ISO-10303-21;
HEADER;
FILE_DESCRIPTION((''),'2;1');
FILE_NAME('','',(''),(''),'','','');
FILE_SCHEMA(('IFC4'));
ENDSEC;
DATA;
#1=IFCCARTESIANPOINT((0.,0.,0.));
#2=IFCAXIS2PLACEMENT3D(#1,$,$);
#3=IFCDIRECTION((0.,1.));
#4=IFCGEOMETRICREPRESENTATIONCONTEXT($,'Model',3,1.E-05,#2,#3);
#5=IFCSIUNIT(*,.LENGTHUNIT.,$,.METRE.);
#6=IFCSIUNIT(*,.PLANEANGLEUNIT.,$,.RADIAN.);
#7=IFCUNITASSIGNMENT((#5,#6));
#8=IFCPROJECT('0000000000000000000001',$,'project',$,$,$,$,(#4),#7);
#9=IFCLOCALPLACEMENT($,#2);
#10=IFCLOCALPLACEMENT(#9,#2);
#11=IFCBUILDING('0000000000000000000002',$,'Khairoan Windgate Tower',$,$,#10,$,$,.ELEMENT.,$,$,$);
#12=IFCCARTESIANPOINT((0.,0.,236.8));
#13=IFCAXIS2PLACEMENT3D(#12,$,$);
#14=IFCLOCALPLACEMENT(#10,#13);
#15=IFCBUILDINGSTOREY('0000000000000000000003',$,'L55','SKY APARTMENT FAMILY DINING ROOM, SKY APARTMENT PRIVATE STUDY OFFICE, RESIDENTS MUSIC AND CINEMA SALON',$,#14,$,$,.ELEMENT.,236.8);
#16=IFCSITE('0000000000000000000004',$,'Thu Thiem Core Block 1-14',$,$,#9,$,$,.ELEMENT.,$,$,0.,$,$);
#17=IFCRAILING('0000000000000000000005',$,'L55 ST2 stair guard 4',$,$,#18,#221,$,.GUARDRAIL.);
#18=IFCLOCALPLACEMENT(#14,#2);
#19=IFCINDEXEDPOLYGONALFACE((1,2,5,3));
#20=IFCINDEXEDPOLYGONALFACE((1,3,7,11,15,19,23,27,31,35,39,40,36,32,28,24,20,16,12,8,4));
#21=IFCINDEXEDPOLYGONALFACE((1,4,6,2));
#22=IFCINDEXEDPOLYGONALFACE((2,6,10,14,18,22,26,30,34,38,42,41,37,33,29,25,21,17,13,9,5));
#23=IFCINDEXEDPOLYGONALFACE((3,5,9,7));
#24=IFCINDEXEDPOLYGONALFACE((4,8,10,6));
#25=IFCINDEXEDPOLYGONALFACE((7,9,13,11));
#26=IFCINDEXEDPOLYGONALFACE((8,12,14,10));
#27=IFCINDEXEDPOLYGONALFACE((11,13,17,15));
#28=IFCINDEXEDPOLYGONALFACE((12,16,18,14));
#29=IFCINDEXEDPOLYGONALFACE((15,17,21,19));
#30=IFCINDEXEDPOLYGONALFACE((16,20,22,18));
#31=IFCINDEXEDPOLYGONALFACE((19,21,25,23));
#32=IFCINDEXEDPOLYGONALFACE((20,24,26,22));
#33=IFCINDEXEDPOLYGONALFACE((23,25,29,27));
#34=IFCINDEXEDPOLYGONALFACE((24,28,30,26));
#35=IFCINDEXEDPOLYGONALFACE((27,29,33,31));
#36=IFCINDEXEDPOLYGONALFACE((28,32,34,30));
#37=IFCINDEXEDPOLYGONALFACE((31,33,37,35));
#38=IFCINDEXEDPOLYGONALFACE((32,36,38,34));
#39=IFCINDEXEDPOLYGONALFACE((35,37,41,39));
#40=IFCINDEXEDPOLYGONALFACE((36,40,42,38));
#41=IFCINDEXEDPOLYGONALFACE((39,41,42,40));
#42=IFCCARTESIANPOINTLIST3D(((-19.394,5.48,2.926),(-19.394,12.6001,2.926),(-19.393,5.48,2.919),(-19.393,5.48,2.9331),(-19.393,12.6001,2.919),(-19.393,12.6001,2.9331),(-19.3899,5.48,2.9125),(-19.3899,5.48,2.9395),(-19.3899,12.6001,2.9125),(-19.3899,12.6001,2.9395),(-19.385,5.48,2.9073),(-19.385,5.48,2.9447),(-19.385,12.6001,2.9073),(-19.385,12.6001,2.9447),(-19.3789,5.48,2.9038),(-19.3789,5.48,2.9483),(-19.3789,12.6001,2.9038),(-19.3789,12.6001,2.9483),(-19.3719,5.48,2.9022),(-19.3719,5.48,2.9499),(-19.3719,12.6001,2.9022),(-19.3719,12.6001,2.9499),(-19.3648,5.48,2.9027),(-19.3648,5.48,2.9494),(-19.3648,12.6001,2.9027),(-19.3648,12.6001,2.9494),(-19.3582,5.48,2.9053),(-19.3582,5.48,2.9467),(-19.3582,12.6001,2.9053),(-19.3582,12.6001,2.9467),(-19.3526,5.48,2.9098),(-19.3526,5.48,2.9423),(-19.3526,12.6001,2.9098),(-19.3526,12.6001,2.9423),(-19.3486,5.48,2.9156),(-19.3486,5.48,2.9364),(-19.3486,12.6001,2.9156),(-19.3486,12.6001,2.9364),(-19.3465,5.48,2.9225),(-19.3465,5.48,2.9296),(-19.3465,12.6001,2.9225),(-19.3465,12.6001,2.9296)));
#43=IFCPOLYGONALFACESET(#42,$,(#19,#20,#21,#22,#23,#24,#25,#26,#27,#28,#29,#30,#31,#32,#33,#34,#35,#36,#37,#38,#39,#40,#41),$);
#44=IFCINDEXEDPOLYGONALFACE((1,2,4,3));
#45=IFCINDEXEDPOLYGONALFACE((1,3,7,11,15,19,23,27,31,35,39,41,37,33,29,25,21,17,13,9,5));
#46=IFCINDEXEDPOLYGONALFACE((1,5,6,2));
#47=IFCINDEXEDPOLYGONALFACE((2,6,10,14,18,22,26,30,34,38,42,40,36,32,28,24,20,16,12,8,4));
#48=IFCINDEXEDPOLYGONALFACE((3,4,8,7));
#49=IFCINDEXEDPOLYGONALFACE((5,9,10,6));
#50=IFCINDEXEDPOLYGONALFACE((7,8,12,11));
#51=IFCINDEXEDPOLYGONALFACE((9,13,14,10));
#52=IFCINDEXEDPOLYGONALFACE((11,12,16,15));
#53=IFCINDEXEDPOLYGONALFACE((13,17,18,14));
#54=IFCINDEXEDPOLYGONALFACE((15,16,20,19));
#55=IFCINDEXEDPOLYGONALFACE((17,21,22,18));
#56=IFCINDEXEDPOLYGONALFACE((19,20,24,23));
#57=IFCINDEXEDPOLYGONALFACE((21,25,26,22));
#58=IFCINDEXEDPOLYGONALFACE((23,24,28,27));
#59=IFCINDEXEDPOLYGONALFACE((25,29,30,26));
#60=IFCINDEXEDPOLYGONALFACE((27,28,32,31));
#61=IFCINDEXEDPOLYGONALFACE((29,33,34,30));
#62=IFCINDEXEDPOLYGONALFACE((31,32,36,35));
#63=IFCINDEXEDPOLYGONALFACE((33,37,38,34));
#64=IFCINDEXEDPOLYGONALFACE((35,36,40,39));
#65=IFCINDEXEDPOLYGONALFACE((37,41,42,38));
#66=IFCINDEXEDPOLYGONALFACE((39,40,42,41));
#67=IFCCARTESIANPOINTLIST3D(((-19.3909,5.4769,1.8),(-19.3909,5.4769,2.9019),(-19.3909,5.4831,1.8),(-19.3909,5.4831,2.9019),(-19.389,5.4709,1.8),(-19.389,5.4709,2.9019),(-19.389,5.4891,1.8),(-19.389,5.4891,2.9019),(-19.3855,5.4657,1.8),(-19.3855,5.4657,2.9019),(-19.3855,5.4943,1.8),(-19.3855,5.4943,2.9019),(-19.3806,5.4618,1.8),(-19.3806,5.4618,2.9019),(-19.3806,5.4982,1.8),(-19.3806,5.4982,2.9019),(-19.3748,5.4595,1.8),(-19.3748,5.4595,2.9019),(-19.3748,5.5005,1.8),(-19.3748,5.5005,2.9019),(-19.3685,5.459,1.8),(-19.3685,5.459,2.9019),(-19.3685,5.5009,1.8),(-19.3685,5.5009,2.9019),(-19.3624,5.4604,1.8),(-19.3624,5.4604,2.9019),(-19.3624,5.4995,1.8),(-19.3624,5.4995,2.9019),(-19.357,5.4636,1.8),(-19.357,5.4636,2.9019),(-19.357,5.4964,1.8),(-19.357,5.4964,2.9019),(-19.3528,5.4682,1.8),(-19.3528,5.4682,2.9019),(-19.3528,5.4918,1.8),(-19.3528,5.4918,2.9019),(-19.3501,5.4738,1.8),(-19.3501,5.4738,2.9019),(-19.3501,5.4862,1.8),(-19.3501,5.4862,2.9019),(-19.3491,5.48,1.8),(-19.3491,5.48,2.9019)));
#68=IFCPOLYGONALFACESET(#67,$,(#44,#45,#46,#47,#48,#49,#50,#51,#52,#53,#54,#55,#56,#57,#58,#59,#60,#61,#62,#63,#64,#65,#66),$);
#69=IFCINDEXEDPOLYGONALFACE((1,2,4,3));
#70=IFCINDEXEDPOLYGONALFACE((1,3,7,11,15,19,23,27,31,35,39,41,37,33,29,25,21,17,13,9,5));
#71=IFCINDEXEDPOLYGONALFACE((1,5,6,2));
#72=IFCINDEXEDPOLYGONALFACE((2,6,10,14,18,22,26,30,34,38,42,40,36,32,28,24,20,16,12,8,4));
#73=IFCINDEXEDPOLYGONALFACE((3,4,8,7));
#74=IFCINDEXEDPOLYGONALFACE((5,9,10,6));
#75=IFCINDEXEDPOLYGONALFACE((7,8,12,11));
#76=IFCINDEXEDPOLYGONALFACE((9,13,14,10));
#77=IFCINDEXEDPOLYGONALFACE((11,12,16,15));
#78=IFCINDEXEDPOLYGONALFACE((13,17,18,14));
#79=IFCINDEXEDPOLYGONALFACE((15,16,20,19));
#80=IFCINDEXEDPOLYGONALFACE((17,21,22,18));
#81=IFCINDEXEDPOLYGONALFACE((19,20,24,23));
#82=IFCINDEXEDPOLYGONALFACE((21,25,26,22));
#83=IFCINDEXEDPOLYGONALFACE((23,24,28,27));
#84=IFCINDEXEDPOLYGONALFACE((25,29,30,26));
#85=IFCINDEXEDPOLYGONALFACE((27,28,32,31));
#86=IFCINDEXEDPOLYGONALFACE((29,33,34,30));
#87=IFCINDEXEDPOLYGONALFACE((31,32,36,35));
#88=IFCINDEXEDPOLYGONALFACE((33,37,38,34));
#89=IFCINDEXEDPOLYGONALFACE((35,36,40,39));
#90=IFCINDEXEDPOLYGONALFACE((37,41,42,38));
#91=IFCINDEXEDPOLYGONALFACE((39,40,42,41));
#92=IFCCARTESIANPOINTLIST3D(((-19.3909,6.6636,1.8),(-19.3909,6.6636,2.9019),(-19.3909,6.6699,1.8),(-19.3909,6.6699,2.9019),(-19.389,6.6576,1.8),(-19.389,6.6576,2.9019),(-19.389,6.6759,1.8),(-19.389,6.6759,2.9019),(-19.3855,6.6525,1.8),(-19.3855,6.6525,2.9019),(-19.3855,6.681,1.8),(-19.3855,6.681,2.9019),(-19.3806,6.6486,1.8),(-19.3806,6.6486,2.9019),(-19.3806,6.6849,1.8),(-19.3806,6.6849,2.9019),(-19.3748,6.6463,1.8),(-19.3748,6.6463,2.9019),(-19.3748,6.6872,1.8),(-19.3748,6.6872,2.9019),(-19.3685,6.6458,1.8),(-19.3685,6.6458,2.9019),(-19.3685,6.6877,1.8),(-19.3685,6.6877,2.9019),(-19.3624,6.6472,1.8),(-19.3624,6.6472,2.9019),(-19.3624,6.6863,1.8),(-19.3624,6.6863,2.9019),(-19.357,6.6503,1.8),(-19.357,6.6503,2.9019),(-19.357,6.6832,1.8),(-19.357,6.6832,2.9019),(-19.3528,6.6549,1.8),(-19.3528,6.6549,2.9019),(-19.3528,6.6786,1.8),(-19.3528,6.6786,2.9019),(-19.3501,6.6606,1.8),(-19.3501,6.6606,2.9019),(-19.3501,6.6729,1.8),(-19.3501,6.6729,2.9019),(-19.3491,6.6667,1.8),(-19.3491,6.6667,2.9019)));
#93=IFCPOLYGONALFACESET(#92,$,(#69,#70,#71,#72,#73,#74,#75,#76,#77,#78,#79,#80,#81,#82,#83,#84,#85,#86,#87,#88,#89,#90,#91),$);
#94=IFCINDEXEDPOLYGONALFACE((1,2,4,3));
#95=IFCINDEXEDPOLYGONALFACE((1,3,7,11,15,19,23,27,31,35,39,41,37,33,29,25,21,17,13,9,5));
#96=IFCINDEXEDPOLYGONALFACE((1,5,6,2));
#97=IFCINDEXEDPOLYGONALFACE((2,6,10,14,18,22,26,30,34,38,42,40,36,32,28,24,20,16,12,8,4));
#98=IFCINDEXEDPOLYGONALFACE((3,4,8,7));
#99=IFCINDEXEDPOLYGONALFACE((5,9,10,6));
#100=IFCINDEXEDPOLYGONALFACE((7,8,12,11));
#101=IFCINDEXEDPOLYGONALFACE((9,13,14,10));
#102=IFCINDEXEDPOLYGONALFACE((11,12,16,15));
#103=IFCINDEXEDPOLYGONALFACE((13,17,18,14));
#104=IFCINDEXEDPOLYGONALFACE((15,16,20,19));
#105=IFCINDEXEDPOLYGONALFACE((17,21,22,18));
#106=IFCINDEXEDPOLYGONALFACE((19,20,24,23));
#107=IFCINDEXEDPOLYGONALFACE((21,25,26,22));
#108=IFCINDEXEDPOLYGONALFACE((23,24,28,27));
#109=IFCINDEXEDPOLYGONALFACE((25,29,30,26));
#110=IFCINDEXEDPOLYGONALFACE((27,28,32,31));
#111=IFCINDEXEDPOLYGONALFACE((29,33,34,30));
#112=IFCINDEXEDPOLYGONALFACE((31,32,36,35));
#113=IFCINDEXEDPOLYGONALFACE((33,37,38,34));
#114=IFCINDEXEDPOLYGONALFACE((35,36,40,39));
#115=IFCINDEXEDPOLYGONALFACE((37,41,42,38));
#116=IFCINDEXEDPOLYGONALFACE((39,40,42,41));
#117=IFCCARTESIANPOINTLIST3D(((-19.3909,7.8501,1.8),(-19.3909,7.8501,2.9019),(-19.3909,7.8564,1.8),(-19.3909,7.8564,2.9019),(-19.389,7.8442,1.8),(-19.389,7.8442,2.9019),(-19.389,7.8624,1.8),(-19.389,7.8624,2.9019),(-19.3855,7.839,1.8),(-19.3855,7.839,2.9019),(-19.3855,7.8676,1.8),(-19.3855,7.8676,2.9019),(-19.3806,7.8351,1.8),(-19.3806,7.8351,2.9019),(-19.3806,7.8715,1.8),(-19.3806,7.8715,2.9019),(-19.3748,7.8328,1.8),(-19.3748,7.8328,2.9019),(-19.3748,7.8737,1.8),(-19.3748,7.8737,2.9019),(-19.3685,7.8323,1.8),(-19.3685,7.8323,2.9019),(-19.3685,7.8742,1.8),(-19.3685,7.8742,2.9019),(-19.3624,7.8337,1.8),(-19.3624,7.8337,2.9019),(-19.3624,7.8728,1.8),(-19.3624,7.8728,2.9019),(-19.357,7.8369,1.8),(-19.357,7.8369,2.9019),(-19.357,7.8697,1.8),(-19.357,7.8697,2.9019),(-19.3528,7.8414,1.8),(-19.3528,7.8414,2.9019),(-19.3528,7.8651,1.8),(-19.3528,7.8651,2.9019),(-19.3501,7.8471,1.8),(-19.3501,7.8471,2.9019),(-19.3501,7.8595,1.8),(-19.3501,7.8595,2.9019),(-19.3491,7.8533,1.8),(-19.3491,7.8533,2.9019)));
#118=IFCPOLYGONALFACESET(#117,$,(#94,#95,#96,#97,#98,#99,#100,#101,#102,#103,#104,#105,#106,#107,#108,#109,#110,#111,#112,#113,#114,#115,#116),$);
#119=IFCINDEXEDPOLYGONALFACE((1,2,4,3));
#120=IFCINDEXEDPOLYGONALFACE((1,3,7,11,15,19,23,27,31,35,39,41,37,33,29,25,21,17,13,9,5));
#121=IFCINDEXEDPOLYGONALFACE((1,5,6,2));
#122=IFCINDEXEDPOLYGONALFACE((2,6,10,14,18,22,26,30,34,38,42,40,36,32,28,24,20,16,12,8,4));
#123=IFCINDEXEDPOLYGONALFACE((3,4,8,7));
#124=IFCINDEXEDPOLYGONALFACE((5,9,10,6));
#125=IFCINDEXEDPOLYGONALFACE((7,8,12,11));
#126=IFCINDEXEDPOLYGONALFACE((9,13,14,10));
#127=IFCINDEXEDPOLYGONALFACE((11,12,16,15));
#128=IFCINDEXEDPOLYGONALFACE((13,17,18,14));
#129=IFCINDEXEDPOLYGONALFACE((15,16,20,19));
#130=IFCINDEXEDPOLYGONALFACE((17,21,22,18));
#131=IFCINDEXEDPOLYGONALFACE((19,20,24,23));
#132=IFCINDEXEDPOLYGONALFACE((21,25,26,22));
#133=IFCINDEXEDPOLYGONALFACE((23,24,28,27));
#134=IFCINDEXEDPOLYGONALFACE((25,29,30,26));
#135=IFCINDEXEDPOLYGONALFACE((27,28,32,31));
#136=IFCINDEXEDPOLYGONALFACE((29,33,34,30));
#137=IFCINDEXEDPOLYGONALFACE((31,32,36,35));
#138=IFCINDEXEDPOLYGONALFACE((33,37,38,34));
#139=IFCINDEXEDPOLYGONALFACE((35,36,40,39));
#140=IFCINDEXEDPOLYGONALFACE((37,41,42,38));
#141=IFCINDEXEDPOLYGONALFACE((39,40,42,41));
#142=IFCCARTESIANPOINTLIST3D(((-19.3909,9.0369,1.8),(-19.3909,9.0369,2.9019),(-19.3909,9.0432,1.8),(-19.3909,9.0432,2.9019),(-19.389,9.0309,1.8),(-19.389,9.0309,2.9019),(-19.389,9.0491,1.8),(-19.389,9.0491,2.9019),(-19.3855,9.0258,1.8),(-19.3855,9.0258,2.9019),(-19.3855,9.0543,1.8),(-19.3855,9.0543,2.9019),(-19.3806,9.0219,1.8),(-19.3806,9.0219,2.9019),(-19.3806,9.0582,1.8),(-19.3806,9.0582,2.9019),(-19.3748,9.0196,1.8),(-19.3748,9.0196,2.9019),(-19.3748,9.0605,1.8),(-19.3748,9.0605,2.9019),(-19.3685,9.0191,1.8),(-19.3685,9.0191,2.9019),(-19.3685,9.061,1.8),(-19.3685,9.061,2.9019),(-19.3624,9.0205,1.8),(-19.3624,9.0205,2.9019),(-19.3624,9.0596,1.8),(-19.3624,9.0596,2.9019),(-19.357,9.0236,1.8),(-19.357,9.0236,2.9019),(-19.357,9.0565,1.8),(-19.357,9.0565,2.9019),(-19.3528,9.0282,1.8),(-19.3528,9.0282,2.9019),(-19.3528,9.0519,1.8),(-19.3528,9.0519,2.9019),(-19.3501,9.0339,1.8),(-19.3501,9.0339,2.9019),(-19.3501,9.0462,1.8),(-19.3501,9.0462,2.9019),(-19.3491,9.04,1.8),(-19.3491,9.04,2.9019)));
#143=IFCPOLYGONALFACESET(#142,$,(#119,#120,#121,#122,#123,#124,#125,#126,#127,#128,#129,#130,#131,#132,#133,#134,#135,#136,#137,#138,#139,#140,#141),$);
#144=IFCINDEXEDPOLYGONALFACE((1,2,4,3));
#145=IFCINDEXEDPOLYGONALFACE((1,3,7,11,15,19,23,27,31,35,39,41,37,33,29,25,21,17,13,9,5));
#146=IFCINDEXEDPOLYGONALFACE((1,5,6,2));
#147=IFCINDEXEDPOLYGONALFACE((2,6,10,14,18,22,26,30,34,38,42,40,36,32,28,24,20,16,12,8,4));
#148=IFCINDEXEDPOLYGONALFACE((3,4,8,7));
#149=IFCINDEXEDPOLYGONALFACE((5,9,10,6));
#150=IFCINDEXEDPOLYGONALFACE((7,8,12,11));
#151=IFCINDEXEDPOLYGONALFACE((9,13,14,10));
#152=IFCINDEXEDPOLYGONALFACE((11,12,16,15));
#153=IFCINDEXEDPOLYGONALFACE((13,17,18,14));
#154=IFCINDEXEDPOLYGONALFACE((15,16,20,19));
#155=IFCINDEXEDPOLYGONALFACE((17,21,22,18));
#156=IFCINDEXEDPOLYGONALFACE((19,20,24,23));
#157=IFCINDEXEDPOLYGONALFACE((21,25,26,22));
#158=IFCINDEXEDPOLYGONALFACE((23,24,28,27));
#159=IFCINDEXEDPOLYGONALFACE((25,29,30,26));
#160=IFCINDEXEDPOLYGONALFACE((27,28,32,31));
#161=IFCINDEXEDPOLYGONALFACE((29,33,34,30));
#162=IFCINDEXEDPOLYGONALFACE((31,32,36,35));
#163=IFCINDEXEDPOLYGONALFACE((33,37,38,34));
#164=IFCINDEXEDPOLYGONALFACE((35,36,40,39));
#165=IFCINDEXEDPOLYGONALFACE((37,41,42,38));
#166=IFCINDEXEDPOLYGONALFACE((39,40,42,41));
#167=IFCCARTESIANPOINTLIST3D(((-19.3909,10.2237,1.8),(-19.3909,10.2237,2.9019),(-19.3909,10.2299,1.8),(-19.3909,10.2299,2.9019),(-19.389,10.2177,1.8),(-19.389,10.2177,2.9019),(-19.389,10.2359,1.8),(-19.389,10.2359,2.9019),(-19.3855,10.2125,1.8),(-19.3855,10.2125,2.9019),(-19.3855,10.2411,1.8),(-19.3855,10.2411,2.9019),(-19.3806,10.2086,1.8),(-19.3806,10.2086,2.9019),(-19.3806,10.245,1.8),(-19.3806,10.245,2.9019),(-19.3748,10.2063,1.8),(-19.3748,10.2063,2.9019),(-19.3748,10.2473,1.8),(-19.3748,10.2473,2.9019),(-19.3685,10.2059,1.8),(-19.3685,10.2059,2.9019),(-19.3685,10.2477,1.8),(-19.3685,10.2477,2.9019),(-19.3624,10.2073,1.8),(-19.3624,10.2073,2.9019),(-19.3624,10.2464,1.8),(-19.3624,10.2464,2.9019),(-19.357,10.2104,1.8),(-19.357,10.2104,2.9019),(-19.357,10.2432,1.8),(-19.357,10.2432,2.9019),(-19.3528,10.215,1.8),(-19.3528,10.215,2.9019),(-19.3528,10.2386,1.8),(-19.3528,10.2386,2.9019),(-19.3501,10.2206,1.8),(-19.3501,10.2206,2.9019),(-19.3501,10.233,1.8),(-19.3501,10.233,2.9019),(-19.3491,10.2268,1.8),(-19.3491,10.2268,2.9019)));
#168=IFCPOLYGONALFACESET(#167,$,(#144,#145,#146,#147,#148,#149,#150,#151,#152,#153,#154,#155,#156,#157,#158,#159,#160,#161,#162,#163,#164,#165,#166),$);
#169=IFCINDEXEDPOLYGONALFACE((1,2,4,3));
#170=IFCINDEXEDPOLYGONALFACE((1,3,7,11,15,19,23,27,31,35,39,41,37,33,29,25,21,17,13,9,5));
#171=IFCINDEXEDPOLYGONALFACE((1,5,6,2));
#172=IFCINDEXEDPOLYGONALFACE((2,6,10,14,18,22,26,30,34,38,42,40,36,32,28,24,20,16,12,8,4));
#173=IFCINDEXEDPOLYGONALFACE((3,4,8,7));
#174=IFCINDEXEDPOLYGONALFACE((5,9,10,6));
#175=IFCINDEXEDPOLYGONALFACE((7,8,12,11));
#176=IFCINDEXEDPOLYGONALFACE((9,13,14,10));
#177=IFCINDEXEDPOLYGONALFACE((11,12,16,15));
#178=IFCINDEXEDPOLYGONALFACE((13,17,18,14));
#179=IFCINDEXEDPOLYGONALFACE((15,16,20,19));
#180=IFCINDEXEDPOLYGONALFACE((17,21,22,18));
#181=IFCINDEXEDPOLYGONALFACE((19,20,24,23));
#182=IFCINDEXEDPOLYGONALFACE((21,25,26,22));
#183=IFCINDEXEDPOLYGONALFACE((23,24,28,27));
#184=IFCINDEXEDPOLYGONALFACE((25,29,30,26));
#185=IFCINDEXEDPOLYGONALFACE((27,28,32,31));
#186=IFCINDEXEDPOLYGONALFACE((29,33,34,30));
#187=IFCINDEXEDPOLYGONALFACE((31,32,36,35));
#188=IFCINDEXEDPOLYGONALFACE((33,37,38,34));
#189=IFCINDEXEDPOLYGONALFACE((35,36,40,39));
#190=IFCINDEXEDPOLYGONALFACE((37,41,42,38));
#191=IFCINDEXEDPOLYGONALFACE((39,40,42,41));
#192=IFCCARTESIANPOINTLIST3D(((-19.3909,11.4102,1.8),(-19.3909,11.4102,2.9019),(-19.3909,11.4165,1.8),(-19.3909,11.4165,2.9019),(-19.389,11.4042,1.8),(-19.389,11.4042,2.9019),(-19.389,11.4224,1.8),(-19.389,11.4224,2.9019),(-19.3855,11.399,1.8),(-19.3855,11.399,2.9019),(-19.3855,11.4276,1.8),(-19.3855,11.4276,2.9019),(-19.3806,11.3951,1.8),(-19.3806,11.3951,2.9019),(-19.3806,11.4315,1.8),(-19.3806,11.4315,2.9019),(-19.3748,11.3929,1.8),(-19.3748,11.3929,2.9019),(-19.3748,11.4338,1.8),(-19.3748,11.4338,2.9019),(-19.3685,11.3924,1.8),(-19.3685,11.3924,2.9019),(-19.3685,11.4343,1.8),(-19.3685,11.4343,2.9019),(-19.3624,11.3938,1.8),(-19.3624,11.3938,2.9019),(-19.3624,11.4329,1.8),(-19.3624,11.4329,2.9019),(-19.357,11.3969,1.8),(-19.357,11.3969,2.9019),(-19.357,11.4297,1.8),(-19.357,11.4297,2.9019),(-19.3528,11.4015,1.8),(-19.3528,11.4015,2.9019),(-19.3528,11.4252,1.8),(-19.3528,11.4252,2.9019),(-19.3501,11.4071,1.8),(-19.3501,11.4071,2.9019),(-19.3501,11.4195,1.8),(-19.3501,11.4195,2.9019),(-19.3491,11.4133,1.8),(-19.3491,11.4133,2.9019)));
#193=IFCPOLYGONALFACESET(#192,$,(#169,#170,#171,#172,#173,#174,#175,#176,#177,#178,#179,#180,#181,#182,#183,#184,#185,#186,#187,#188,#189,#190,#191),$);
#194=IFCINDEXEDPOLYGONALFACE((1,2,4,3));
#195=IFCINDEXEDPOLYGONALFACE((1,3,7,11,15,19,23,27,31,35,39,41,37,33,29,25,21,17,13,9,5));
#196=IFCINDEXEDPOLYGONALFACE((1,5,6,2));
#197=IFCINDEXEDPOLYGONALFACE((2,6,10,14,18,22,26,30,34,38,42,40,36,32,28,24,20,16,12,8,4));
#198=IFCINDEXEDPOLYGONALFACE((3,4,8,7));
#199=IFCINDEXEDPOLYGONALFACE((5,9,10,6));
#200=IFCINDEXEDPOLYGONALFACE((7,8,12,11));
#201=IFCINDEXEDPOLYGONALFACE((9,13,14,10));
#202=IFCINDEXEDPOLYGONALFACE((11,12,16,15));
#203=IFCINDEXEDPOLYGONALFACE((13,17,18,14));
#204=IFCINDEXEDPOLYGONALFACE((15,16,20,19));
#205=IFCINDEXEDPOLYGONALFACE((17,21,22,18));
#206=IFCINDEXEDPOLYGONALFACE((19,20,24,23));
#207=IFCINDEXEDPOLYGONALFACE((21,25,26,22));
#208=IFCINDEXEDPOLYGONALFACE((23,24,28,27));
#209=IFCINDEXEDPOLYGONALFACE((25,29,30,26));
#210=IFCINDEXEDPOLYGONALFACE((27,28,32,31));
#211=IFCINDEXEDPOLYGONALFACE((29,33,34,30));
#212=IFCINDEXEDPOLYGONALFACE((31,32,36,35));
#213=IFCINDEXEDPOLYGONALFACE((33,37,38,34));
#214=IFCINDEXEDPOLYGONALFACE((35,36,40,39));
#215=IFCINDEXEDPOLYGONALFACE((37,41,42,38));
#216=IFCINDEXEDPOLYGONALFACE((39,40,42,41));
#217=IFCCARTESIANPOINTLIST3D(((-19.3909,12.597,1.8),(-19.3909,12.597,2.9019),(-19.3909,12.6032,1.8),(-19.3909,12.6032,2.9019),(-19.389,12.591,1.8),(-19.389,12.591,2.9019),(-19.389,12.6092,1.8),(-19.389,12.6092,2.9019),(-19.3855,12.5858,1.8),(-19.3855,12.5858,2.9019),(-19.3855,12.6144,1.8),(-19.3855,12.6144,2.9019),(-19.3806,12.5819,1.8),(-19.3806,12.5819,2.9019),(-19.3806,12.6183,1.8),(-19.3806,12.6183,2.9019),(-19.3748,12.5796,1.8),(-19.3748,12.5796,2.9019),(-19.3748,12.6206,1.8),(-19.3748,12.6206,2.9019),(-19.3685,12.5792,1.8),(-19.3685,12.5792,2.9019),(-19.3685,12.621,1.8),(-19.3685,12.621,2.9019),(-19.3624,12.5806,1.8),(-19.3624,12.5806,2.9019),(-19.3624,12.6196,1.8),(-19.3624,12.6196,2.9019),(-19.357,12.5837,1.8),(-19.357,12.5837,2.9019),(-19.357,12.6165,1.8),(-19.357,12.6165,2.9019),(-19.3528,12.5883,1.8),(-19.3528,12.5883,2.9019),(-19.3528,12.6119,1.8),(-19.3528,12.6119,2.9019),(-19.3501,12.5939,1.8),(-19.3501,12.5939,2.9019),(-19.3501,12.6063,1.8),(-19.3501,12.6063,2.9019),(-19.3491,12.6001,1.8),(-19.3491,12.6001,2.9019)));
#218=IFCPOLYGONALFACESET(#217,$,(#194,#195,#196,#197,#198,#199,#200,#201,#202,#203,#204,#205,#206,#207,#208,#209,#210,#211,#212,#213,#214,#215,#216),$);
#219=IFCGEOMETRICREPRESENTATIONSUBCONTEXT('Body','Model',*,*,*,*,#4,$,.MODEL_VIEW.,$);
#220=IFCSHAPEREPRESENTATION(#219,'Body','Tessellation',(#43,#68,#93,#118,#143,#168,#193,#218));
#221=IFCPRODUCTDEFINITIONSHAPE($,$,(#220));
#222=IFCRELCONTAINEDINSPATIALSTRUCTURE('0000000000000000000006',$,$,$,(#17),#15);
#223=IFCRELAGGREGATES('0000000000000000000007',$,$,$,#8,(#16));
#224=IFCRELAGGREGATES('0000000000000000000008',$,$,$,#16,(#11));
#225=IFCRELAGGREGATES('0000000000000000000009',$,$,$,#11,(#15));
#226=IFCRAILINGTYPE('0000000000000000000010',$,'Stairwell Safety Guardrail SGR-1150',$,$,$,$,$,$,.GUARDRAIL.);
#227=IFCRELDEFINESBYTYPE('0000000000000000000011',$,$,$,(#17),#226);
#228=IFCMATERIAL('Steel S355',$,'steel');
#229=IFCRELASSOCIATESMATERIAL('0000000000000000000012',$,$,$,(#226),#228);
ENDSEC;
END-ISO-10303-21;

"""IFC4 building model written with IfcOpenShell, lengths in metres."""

from ifc_helpers import new_model, si_unit, direction, frame, origin, origin_2d, place, context, subcontext, project, spatial, circle, extrude, material, type_object, element, save


model = new_model("IFC4")

# Units and contexts
model_context = context("Model", 3, precision=1e-05, world=origin(), true_north=direction((0.0, 1.0)))
body_context = subcontext(model_context, "Body", "Model", "MODEL_VIEW")
ifc_project = project(units=[si_unit("LENGTHUNIT", "METRE"), si_unit("PLANEANGLEUNIT", "RADIAN")], contexts=[model_context])

# Site, building, storey
site_placement = place(None, origin())
site = spatial("IfcSite", under=ifc_project, at=site_placement, Name="Thu Thiem Core Block 1-14", CompositionType="ELEMENT", RefElevation=0.0)
building_placement = place(site_placement, origin())
building = spatial("IfcBuilding", under=site, at=building_placement, Name="Khairoan Windgate Tower", CompositionType="ELEMENT")
storey_placement = place(building_placement, frame((0.0, 0.0, 236.8)))
storey = spatial("IfcBuildingStorey", under=building, at=storey_placement, Name="L55", Description="SKY APARTMENT FAMILY DINING ROOM, SKY APARTMENT PRIVATE STUDY OFFICE, RESIDENTS MUSIC AND CINEMA SALON", CompositionType="ELEMENT", Elevation=236.8)

# Railing
ifc_material_1 = material(Name="Steel S355", Category="steel")
railing_type_1 = type_object("IfcRailingType", Name="Stairwell Safety Guardrail SGR-1150", PredefinedType="GUARDRAIL", material=ifc_material_1)
railing_1_placement = place(storey_placement, frame((-19.3701, 5.48, 1.8)))
element("IfcRailing", 1, at=railing_1_placement, inside=storey, type_object=railing_type_1, Name="L55 ST2 stair guard 4", PredefinedType="GUARDRAIL", context=body_context, shape_type="SweptSolid", body=[
    extrude(circle(Radius=0.0239, at=origin_2d()), frame((0.0, 0.0, 1.126), z_axis=(0.0, 1.0, 0.0), x_axis=(-1.0, 0.0, 0.0)), (0.0, 0.0, 1.0), 7.1201),
    extrude(circle(Radius=0.021, at=origin_2d()), origin(), (0.0, 0.0, 1.0), 1.1018),
    extrude(circle(Radius=0.021, at=origin_2d()), frame((0.0, 1.1868, 0.0)), (0.0, 0.0, 1.0), 1.1018),
    extrude(circle(Radius=0.021, at=origin_2d()), frame((0.0, 2.3733, 0.0)), (0.0, 0.0, 1.0), 1.1018),
    extrude(circle(Radius=0.021, at=origin_2d()), frame((0.0, 3.5601, 0.0)), (0.0, 0.0, 1.0), 1.1018),
    extrude(circle(Radius=0.021, at=origin_2d()), frame((0.0, 4.7468, 0.0)), (0.0, 0.0, 1.0), 1.1018),
    extrude(circle(Radius=0.021, at=origin_2d()), frame((0.0, 5.9333, 0.0)), (0.0, 0.0, 1.0), 1.1018),
    extrude(circle(Radius=0.021, at=origin_2d()), frame((0.0, 7.1201, 0.0)), (0.0, 0.0, 1.0), 1.1018),
])

save(model, "model.ifc")
